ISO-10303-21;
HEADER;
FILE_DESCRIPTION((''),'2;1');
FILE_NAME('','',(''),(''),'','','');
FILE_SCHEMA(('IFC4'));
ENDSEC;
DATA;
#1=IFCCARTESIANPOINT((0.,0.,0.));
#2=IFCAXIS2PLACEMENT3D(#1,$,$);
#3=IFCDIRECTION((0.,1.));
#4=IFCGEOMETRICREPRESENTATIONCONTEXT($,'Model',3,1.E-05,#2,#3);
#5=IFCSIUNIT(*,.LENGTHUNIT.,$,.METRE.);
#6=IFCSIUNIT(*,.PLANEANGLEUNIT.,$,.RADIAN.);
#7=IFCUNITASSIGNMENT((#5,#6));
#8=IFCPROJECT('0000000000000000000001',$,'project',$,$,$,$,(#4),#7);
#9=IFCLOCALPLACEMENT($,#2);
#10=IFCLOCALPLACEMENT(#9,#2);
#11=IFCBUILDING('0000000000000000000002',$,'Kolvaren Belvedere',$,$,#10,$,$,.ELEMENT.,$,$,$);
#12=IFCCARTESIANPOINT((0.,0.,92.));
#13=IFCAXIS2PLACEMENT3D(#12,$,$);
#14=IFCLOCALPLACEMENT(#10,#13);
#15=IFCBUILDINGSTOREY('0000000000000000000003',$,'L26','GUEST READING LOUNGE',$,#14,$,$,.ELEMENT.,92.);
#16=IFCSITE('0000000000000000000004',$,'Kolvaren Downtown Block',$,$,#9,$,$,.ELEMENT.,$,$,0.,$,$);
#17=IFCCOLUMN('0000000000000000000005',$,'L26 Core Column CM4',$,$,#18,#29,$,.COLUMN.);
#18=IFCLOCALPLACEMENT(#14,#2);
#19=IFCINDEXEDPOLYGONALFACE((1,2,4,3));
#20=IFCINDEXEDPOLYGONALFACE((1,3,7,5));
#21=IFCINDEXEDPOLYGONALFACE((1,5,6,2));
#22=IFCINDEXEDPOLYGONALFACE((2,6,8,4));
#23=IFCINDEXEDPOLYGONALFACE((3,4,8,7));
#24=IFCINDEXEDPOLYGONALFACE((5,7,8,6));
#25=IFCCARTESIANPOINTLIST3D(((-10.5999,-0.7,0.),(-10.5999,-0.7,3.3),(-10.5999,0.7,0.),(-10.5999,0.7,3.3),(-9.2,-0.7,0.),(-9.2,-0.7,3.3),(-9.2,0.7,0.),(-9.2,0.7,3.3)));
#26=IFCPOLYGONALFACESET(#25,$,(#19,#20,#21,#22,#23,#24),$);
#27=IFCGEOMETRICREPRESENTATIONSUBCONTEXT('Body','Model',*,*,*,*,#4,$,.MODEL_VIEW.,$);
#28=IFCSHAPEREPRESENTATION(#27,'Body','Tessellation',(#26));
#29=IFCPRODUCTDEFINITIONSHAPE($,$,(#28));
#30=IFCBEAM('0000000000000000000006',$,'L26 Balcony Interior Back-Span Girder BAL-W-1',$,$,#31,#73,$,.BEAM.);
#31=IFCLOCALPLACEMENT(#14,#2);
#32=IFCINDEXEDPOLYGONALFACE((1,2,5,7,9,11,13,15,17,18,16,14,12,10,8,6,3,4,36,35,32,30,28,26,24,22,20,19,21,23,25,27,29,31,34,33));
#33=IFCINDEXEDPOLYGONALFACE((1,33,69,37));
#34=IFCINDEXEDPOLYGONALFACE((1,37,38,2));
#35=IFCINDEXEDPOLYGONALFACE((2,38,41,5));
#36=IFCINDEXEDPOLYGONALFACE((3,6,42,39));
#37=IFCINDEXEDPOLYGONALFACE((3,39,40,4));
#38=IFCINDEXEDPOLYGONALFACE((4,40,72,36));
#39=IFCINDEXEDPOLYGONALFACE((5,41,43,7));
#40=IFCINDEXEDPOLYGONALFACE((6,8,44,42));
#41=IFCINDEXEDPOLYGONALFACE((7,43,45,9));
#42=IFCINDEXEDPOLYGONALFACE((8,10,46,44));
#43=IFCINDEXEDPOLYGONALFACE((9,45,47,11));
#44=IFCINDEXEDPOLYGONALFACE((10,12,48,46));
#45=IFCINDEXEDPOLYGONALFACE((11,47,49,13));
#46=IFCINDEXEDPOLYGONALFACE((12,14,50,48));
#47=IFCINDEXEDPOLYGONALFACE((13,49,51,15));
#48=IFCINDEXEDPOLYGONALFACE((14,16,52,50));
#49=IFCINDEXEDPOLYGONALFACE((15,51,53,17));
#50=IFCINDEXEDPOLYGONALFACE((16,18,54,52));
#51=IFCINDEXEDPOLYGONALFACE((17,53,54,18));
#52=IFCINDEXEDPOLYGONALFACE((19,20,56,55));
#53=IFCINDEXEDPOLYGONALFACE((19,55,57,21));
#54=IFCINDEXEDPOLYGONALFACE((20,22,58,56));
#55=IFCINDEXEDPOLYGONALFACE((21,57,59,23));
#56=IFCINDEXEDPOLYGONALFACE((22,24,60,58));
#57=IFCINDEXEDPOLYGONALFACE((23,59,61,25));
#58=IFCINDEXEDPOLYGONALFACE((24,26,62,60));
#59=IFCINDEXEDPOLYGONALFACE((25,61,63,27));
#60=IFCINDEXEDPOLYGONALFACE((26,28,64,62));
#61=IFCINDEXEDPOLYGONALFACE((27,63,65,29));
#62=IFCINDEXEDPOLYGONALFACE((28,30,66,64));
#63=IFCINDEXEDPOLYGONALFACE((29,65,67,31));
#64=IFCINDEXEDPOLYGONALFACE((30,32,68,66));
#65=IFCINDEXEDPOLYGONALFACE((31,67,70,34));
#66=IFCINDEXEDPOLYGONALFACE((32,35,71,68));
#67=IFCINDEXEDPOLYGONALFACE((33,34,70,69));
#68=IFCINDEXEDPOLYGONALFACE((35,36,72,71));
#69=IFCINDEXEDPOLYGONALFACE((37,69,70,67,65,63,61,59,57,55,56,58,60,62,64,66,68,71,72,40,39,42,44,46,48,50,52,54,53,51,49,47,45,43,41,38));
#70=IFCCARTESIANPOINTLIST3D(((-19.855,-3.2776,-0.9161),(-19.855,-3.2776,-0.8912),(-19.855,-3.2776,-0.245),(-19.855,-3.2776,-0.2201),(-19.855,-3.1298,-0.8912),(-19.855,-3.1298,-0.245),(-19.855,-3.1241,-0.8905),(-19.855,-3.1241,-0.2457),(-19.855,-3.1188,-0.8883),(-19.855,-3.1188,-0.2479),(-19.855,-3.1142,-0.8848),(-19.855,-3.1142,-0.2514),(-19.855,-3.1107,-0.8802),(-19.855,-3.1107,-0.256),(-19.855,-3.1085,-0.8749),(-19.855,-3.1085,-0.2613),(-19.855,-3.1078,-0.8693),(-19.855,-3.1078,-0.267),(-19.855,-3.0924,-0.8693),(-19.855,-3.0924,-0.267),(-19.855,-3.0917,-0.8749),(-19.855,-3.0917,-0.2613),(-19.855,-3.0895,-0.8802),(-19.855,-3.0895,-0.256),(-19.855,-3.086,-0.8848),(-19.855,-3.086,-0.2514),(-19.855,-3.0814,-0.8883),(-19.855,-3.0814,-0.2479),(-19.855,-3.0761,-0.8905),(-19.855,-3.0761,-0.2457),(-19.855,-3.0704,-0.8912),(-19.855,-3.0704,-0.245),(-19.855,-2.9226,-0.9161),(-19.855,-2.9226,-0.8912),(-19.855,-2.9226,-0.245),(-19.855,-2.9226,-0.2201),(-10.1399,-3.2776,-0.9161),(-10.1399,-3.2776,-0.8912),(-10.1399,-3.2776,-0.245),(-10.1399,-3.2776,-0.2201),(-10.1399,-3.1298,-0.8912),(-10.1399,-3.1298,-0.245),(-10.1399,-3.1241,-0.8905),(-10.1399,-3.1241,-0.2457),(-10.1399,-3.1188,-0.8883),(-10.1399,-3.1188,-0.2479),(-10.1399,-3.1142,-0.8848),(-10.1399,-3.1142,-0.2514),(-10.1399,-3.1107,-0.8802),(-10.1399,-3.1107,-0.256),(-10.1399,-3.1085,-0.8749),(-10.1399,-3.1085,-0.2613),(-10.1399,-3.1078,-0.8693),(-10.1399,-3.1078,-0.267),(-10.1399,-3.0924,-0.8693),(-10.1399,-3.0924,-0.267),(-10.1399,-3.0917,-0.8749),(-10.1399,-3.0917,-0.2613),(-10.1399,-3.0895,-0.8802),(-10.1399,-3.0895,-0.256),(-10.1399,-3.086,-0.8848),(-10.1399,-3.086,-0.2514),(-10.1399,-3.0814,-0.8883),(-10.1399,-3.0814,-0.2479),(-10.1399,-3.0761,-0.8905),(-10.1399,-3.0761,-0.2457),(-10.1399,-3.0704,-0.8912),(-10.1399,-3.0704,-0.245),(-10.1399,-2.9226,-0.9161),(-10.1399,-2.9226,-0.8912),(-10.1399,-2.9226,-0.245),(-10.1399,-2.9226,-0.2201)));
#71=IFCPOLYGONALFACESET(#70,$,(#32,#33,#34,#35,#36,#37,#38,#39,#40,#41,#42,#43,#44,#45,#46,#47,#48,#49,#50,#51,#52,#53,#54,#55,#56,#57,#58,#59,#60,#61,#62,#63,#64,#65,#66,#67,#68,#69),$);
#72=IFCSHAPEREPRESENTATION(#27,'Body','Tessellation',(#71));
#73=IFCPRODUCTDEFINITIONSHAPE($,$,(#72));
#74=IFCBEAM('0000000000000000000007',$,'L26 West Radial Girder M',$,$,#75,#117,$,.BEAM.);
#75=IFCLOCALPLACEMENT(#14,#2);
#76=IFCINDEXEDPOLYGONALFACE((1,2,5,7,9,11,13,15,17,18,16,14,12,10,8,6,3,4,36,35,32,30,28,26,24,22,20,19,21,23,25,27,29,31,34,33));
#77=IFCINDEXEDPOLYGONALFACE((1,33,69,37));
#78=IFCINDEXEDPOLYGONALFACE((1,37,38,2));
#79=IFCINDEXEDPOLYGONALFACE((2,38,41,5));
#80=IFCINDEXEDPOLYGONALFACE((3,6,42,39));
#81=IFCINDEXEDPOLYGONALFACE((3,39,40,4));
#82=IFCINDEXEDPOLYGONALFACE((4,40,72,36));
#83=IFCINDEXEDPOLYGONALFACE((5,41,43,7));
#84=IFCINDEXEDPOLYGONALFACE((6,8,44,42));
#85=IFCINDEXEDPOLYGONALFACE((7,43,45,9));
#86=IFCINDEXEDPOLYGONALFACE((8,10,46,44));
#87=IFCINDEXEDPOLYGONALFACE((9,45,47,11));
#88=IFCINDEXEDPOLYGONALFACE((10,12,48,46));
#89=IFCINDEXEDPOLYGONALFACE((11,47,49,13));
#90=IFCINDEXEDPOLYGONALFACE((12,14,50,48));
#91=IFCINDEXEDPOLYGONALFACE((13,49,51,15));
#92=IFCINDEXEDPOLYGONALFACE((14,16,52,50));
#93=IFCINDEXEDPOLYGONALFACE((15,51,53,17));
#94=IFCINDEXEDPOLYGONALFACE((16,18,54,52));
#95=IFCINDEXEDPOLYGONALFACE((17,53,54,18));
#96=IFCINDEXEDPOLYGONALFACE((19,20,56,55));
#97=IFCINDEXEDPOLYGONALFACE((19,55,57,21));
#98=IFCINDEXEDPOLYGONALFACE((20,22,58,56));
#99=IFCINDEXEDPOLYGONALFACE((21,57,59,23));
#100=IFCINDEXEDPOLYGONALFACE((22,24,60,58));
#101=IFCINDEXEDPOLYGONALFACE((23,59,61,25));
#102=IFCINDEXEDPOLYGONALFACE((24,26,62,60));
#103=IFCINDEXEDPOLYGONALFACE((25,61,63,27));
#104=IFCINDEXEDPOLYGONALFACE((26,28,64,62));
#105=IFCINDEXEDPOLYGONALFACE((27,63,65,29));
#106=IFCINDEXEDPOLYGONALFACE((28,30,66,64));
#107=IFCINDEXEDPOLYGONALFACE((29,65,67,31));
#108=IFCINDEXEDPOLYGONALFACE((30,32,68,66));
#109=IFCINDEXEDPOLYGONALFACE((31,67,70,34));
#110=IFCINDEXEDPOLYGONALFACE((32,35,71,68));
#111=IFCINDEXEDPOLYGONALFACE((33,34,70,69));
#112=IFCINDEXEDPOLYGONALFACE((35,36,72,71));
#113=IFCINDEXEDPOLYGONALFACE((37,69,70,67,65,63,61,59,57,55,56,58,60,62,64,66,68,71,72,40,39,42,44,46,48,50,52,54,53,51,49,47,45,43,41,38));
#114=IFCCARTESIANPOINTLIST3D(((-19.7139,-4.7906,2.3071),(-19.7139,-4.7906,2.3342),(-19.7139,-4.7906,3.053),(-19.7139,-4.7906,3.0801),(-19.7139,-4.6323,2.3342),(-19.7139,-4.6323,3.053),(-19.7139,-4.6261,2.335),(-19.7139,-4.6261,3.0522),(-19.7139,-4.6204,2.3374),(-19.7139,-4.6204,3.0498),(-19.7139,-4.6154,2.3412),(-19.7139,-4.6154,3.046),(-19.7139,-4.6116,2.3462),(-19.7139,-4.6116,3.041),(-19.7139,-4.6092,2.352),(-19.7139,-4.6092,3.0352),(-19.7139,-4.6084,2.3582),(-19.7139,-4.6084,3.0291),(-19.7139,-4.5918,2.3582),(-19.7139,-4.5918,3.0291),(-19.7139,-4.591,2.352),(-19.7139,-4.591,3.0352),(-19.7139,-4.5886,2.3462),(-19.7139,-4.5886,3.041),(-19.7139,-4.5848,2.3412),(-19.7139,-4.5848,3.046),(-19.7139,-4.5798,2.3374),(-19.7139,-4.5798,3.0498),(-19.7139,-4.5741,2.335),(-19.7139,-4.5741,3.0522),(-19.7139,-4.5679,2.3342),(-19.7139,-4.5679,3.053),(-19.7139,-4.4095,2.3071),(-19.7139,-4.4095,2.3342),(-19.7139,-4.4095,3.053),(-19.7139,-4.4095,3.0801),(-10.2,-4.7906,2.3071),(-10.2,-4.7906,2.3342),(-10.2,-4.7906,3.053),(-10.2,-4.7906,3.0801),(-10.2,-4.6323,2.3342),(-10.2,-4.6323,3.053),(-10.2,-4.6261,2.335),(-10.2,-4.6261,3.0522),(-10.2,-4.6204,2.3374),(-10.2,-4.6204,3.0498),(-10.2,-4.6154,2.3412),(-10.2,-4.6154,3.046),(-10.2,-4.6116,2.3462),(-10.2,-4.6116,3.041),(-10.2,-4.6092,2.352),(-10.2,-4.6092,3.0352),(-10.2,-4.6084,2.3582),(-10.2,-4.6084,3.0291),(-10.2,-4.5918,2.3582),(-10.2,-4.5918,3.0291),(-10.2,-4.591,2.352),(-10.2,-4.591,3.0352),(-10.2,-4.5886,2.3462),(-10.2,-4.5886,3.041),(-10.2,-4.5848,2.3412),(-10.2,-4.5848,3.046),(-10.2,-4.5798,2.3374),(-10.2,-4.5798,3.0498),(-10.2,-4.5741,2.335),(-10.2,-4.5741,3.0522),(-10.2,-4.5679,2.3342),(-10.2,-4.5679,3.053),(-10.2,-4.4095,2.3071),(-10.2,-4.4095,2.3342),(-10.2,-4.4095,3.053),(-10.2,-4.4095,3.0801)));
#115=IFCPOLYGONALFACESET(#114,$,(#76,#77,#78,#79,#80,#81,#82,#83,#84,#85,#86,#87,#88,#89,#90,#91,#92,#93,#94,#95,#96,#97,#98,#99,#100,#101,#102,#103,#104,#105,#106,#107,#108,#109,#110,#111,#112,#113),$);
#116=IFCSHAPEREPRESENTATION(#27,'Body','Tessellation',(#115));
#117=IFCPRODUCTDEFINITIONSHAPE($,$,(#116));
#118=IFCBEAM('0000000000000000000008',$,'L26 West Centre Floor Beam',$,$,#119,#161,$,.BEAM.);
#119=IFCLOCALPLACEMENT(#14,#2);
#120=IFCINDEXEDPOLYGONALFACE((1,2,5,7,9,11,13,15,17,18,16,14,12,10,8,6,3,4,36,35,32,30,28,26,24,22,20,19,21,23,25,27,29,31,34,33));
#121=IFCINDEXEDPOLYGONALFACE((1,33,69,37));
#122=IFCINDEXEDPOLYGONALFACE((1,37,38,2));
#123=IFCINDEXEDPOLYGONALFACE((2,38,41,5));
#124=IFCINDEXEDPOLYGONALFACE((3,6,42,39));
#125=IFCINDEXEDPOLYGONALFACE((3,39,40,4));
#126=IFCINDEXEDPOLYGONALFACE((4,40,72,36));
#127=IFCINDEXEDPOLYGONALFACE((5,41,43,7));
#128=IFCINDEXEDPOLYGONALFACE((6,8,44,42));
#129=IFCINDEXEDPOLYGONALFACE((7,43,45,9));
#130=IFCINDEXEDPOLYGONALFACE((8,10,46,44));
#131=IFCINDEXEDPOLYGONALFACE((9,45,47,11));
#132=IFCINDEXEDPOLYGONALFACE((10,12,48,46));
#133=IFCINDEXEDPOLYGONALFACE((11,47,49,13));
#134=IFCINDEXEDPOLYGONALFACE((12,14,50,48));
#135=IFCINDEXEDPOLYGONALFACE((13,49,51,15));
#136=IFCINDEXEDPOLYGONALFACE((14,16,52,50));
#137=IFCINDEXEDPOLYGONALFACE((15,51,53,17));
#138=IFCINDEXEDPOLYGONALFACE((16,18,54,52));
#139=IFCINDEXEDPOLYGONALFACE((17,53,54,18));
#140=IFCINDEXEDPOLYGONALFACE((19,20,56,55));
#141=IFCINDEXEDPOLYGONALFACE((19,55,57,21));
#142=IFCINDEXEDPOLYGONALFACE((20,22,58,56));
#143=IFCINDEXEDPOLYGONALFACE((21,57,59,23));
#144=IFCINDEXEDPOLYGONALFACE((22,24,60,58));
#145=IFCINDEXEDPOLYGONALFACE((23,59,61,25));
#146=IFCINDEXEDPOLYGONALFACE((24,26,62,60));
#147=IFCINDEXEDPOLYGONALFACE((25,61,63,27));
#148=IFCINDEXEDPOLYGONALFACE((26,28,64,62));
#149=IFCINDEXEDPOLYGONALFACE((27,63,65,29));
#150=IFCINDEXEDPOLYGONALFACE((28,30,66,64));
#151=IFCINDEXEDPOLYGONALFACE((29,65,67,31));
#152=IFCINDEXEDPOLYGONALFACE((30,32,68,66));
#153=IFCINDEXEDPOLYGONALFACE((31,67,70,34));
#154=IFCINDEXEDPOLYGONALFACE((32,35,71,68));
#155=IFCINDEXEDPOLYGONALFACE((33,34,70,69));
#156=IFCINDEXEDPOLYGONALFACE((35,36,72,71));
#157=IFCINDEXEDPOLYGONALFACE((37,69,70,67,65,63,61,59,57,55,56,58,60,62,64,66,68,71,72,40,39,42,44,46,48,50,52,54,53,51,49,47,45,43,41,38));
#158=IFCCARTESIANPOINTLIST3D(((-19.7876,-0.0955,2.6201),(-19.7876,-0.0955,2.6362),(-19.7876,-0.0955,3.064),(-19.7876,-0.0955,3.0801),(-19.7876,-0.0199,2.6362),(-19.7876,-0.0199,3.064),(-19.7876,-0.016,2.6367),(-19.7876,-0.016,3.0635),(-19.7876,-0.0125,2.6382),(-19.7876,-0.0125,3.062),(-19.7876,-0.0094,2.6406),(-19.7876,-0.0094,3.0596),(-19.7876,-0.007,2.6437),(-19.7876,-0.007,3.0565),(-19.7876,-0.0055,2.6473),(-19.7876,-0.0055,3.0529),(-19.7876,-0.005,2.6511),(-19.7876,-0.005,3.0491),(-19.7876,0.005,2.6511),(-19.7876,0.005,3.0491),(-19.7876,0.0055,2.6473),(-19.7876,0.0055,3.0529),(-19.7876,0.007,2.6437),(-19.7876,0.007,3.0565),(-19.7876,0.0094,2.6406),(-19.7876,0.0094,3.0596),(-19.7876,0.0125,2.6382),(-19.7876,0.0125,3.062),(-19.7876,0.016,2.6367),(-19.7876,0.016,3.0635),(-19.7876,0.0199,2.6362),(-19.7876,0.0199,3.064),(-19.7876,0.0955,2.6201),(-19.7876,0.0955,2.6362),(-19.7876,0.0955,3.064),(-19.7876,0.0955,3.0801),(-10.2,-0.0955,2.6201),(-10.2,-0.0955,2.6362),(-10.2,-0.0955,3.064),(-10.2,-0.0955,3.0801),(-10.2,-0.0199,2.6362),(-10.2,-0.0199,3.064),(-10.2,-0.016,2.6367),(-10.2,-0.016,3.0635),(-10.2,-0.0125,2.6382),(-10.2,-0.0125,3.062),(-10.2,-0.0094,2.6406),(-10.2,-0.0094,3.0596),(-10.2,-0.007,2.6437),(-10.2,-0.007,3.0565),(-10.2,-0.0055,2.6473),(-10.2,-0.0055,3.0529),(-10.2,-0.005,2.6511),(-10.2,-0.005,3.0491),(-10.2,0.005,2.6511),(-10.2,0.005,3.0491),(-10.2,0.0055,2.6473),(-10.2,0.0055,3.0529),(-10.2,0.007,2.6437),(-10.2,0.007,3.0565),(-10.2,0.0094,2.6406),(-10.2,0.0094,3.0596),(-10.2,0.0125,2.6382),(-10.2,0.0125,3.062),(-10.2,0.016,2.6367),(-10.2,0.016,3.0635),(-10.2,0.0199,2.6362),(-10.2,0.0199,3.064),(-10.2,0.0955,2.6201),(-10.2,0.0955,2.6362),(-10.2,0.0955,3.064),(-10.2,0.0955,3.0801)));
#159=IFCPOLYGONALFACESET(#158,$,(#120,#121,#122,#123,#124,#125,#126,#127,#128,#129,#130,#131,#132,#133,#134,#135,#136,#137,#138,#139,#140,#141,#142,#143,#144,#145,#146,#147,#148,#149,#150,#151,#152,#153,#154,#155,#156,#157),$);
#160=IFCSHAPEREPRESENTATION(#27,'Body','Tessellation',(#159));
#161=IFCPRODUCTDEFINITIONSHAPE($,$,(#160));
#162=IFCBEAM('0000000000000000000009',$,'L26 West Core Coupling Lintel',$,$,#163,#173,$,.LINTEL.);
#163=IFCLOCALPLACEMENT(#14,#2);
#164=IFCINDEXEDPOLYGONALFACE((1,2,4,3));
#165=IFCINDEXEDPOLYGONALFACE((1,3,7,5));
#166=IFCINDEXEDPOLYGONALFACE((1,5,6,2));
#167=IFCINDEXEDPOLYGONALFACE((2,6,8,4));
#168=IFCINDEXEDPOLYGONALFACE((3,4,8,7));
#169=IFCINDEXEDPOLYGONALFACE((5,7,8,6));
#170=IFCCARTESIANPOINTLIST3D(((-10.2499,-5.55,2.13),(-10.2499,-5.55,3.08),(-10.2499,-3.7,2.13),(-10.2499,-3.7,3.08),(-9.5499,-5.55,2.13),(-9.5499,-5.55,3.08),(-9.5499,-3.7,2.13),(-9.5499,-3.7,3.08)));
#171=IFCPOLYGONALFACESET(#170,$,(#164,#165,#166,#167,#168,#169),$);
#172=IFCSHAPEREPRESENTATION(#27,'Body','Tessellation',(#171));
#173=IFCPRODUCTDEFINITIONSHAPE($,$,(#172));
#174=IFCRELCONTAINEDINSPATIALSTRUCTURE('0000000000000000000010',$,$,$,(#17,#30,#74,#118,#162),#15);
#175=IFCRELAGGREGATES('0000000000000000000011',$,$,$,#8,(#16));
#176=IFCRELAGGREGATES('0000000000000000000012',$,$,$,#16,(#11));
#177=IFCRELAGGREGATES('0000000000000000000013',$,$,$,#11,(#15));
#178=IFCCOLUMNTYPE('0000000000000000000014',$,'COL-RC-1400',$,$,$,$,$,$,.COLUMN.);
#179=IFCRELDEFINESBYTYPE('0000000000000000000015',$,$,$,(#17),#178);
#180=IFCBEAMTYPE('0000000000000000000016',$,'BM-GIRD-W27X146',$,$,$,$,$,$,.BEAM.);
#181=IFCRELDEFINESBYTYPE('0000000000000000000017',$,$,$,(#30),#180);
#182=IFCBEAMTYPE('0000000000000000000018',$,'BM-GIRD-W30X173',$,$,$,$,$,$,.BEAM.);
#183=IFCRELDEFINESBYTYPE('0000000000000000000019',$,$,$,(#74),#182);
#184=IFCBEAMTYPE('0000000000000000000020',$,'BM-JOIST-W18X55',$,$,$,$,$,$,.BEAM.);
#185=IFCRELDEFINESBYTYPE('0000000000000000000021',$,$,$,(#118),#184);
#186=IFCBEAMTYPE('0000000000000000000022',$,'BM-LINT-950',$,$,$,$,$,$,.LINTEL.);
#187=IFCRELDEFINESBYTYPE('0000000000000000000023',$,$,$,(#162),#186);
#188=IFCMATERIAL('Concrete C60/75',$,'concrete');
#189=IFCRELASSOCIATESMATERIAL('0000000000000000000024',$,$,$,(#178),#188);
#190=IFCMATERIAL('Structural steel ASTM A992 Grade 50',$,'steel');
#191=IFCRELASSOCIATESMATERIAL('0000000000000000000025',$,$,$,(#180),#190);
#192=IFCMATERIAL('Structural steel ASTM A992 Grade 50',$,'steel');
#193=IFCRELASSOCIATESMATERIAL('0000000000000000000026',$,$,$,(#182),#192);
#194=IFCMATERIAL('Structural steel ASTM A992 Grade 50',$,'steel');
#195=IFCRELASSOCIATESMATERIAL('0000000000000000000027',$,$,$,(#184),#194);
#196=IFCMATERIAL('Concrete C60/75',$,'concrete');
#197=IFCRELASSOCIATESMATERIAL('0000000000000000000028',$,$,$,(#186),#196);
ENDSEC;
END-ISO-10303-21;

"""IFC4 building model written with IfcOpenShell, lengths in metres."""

from ifc_helpers import new_model, si_unit, direction, frame, origin, origin_2d, place, context, subcontext, project, spatial, rectangle, i_section, extrude, material, material_profile, profile_set, type_object, element, save


model = new_model("IFC4")

# Units and contexts
model_context = context("Model", 3, precision=1e-05, world=origin(), true_north=direction((0.0, 1.0)))
body_context = subcontext(model_context, "Body", "Model", "MODEL_VIEW")
ifc_project = project(units=[si_unit("LENGTHUNIT", "METRE"), si_unit("PLANEANGLEUNIT", "RADIAN")], contexts=[model_context])

# Site, building, storey
site_placement = place(None, origin())
site = spatial("IfcSite", under=ifc_project, at=site_placement, Name="Kolvaren Downtown Block", CompositionType="ELEMENT", RefElevation=0.0)
building_placement = place(site_placement, origin())
building = spatial("IfcBuilding", under=site, at=building_placement, Name="Kolvaren Belvedere", CompositionType="ELEMENT")
storey_placement = place(building_placement, frame((0.0, 0.0, 92.0)))
storey = spatial("IfcBuildingStorey", under=building, at=storey_placement, Name="L26", Description="GUEST READING LOUNGE", CompositionType="ELEMENT", Elevation=92.0)

# Column
ifc_material_1 = material(Name="Concrete C60/75", Category="concrete")
ifc_material_profile_1 = material_profile(ifc_material_1, rectangle(XDim=1.3999, YDim=1.3999, at=origin_2d()), Name="RC 1400X1400")
ifc_profile_set_1 = profile_set([ifc_material_profile_1], Name="Concrete C60/75")
column_type = type_object("IfcColumnType", Name="COL-RC-1400", PredefinedType="COLUMN", material=ifc_profile_set_1)
column_placement = place(storey_placement, frame((-9.8999, 0.0, 0.0), z_axis=(0.0, 0.0, 1.0), x_axis=(1.0, 0.0, 0.0)))
element("IfcColumn", 1, at=column_placement, inside=storey, type_object=column_type, Name="L26 Core Column CM4", PredefinedType="COLUMN", context=body_context, shape_type="SweptSolid", body=[
    extrude(rectangle(XDim=1.3999, YDim=1.3999, at=origin_2d()), origin(), (0.0, 0.0, 1.0), 3.3),
])

# Beams
ifc_material_2 = material(Name="Structural steel ASTM A992 Grade 50", Category="steel")
ifc_material_profile_2 = material_profile(ifc_material_2, i_section(OverallWidth=0.355, OverallDepth=0.696, WebThickness=0.0154, FlangeThickness=0.0249, FilletRadius=0.022, at=origin_2d()), Name="W27X146")
ifc_profile_set_2 = profile_set([ifc_material_profile_2], Name="Structural steel ASTM A992 Grade 50")
beam_type_1 = type_object("IfcBeamType", Name="BM-GIRD-W27X146", PredefinedType="BEAM", material=ifc_profile_set_2)
beam_1_placement = place(storey_placement, frame((-10.1399, -3.1001, -0.5681), z_axis=(-1.0, 0.0, 0.0), x_axis=(0.0, -1.0, 0.0)))
element("IfcBeam", 2, at=beam_1_placement, inside=storey, type_object=beam_type_1, Name="L26 Balcony Interior Back-Span Girder BAL-W-1", PredefinedType="BEAM", context=body_context, shape_type="SweptSolid", body=[
    extrude(i_section(OverallWidth=0.355, OverallDepth=0.696, WebThickness=0.0154, FlangeThickness=0.0249, FilletRadius=0.022, at=origin_2d()), origin(), (0.0, 0.0, 1.0), 9.7151),
])
ifc_material_3 = material(Name="Structural steel ASTM A992 Grade 50", Category="steel")
ifc_material_profile_3 = material_profile(ifc_material_3, i_section(OverallWidth=0.3811, OverallDepth=0.7729, WebThickness=0.0166, FlangeThickness=0.0271, FilletRadius=0.0239, at=origin_2d()), Name="W30X173")
ifc_profile_set_3 = profile_set([ifc_material_profile_3], Name="Structural steel ASTM A992 Grade 50")
beam_type_2 = type_object("IfcBeamType", Name="BM-GIRD-W30X173", PredefinedType="BEAM", material=ifc_profile_set_3)
beam_2_placement = place(storey_placement, frame((-10.2, -4.6001, 2.6936), z_axis=(-1.0, 0.0, 0.0), x_axis=(0.0, -1.0, 0.0)))
element("IfcBeam", 3, at=beam_2_placement, inside=storey, type_object=beam_type_2, Name="L26 West Radial Girder M", PredefinedType="BEAM", context=body_context, shape_type="SweptSolid", body=[
    extrude(i_section(OverallWidth=0.3811, OverallDepth=0.7729, WebThickness=0.0166, FlangeThickness=0.0271, FilletRadius=0.0239, at=origin_2d()), origin(), (0.0, 0.0, 1.0), 9.5139),
])
ifc_material_4 = material(Name="Structural steel ASTM A992 Grade 50", Category="steel")
ifc_material_profile_4 = material_profile(ifc_material_4, i_section(OverallWidth=0.1909, OverallDepth=0.46, WebThickness=0.01, FlangeThickness=0.0161, FilletRadius=0.0149, at=origin_2d()), Name="W18X55")
ifc_profile_set_4 = profile_set([ifc_material_profile_4], Name="Structural steel ASTM A992 Grade 50")
beam_type_3 = type_object("IfcBeamType", Name="BM-JOIST-W18X55", PredefinedType="BEAM", material=ifc_profile_set_4)
beam_3_placement = place(storey_placement, frame((-10.2, 0.0, 2.8501), z_axis=(-1.0, 0.0, 0.0), x_axis=(0.0, -1.0, 0.0)))
element("IfcBeam", 4, at=beam_3_placement, inside=storey, type_object=beam_type_3, Name="L26 West Centre Floor Beam", PredefinedType="BEAM", context=body_context, shape_type="SweptSolid", body=[
    extrude(i_section(OverallWidth=0.1909, OverallDepth=0.46, WebThickness=0.01, FlangeThickness=0.0161, FilletRadius=0.0149, at=origin_2d()), origin(), (0.0, 0.0, 1.0), 9.5876),
])
ifc_material_5 = material(Name="Concrete C60/75", Category="concrete")
ifc_material_profile_5 = material_profile(ifc_material_5, rectangle(XDim=0.7, YDim=0.95, at=origin_2d()), Name="RC 700X950")
ifc_profile_set_5 = profile_set([ifc_material_profile_5], Name="Concrete C60/75")
beam_type_4 = type_object("IfcBeamType", Name="BM-LINT-950", PredefinedType="LINTEL", material=ifc_profile_set_5)
beam_4_placement = place(storey_placement, frame((-9.8999, -5.55, 2.605), z_axis=(0.0, 1.0, 0.0), x_axis=(-1.0, 0.0, 0.0)))
element("IfcBeam", 5, at=beam_4_placement, inside=storey, type_object=beam_type_4, Name="L26 West Core Coupling Lintel", PredefinedType="LINTEL", context=body_context, shape_type="SweptSolid", body=[
    extrude(rectangle(XDim=0.7, YDim=0.95, at=origin_2d()), origin(), (0.0, 0.0, 1.0), 1.8501),
])

save(model, "model.ifc")
